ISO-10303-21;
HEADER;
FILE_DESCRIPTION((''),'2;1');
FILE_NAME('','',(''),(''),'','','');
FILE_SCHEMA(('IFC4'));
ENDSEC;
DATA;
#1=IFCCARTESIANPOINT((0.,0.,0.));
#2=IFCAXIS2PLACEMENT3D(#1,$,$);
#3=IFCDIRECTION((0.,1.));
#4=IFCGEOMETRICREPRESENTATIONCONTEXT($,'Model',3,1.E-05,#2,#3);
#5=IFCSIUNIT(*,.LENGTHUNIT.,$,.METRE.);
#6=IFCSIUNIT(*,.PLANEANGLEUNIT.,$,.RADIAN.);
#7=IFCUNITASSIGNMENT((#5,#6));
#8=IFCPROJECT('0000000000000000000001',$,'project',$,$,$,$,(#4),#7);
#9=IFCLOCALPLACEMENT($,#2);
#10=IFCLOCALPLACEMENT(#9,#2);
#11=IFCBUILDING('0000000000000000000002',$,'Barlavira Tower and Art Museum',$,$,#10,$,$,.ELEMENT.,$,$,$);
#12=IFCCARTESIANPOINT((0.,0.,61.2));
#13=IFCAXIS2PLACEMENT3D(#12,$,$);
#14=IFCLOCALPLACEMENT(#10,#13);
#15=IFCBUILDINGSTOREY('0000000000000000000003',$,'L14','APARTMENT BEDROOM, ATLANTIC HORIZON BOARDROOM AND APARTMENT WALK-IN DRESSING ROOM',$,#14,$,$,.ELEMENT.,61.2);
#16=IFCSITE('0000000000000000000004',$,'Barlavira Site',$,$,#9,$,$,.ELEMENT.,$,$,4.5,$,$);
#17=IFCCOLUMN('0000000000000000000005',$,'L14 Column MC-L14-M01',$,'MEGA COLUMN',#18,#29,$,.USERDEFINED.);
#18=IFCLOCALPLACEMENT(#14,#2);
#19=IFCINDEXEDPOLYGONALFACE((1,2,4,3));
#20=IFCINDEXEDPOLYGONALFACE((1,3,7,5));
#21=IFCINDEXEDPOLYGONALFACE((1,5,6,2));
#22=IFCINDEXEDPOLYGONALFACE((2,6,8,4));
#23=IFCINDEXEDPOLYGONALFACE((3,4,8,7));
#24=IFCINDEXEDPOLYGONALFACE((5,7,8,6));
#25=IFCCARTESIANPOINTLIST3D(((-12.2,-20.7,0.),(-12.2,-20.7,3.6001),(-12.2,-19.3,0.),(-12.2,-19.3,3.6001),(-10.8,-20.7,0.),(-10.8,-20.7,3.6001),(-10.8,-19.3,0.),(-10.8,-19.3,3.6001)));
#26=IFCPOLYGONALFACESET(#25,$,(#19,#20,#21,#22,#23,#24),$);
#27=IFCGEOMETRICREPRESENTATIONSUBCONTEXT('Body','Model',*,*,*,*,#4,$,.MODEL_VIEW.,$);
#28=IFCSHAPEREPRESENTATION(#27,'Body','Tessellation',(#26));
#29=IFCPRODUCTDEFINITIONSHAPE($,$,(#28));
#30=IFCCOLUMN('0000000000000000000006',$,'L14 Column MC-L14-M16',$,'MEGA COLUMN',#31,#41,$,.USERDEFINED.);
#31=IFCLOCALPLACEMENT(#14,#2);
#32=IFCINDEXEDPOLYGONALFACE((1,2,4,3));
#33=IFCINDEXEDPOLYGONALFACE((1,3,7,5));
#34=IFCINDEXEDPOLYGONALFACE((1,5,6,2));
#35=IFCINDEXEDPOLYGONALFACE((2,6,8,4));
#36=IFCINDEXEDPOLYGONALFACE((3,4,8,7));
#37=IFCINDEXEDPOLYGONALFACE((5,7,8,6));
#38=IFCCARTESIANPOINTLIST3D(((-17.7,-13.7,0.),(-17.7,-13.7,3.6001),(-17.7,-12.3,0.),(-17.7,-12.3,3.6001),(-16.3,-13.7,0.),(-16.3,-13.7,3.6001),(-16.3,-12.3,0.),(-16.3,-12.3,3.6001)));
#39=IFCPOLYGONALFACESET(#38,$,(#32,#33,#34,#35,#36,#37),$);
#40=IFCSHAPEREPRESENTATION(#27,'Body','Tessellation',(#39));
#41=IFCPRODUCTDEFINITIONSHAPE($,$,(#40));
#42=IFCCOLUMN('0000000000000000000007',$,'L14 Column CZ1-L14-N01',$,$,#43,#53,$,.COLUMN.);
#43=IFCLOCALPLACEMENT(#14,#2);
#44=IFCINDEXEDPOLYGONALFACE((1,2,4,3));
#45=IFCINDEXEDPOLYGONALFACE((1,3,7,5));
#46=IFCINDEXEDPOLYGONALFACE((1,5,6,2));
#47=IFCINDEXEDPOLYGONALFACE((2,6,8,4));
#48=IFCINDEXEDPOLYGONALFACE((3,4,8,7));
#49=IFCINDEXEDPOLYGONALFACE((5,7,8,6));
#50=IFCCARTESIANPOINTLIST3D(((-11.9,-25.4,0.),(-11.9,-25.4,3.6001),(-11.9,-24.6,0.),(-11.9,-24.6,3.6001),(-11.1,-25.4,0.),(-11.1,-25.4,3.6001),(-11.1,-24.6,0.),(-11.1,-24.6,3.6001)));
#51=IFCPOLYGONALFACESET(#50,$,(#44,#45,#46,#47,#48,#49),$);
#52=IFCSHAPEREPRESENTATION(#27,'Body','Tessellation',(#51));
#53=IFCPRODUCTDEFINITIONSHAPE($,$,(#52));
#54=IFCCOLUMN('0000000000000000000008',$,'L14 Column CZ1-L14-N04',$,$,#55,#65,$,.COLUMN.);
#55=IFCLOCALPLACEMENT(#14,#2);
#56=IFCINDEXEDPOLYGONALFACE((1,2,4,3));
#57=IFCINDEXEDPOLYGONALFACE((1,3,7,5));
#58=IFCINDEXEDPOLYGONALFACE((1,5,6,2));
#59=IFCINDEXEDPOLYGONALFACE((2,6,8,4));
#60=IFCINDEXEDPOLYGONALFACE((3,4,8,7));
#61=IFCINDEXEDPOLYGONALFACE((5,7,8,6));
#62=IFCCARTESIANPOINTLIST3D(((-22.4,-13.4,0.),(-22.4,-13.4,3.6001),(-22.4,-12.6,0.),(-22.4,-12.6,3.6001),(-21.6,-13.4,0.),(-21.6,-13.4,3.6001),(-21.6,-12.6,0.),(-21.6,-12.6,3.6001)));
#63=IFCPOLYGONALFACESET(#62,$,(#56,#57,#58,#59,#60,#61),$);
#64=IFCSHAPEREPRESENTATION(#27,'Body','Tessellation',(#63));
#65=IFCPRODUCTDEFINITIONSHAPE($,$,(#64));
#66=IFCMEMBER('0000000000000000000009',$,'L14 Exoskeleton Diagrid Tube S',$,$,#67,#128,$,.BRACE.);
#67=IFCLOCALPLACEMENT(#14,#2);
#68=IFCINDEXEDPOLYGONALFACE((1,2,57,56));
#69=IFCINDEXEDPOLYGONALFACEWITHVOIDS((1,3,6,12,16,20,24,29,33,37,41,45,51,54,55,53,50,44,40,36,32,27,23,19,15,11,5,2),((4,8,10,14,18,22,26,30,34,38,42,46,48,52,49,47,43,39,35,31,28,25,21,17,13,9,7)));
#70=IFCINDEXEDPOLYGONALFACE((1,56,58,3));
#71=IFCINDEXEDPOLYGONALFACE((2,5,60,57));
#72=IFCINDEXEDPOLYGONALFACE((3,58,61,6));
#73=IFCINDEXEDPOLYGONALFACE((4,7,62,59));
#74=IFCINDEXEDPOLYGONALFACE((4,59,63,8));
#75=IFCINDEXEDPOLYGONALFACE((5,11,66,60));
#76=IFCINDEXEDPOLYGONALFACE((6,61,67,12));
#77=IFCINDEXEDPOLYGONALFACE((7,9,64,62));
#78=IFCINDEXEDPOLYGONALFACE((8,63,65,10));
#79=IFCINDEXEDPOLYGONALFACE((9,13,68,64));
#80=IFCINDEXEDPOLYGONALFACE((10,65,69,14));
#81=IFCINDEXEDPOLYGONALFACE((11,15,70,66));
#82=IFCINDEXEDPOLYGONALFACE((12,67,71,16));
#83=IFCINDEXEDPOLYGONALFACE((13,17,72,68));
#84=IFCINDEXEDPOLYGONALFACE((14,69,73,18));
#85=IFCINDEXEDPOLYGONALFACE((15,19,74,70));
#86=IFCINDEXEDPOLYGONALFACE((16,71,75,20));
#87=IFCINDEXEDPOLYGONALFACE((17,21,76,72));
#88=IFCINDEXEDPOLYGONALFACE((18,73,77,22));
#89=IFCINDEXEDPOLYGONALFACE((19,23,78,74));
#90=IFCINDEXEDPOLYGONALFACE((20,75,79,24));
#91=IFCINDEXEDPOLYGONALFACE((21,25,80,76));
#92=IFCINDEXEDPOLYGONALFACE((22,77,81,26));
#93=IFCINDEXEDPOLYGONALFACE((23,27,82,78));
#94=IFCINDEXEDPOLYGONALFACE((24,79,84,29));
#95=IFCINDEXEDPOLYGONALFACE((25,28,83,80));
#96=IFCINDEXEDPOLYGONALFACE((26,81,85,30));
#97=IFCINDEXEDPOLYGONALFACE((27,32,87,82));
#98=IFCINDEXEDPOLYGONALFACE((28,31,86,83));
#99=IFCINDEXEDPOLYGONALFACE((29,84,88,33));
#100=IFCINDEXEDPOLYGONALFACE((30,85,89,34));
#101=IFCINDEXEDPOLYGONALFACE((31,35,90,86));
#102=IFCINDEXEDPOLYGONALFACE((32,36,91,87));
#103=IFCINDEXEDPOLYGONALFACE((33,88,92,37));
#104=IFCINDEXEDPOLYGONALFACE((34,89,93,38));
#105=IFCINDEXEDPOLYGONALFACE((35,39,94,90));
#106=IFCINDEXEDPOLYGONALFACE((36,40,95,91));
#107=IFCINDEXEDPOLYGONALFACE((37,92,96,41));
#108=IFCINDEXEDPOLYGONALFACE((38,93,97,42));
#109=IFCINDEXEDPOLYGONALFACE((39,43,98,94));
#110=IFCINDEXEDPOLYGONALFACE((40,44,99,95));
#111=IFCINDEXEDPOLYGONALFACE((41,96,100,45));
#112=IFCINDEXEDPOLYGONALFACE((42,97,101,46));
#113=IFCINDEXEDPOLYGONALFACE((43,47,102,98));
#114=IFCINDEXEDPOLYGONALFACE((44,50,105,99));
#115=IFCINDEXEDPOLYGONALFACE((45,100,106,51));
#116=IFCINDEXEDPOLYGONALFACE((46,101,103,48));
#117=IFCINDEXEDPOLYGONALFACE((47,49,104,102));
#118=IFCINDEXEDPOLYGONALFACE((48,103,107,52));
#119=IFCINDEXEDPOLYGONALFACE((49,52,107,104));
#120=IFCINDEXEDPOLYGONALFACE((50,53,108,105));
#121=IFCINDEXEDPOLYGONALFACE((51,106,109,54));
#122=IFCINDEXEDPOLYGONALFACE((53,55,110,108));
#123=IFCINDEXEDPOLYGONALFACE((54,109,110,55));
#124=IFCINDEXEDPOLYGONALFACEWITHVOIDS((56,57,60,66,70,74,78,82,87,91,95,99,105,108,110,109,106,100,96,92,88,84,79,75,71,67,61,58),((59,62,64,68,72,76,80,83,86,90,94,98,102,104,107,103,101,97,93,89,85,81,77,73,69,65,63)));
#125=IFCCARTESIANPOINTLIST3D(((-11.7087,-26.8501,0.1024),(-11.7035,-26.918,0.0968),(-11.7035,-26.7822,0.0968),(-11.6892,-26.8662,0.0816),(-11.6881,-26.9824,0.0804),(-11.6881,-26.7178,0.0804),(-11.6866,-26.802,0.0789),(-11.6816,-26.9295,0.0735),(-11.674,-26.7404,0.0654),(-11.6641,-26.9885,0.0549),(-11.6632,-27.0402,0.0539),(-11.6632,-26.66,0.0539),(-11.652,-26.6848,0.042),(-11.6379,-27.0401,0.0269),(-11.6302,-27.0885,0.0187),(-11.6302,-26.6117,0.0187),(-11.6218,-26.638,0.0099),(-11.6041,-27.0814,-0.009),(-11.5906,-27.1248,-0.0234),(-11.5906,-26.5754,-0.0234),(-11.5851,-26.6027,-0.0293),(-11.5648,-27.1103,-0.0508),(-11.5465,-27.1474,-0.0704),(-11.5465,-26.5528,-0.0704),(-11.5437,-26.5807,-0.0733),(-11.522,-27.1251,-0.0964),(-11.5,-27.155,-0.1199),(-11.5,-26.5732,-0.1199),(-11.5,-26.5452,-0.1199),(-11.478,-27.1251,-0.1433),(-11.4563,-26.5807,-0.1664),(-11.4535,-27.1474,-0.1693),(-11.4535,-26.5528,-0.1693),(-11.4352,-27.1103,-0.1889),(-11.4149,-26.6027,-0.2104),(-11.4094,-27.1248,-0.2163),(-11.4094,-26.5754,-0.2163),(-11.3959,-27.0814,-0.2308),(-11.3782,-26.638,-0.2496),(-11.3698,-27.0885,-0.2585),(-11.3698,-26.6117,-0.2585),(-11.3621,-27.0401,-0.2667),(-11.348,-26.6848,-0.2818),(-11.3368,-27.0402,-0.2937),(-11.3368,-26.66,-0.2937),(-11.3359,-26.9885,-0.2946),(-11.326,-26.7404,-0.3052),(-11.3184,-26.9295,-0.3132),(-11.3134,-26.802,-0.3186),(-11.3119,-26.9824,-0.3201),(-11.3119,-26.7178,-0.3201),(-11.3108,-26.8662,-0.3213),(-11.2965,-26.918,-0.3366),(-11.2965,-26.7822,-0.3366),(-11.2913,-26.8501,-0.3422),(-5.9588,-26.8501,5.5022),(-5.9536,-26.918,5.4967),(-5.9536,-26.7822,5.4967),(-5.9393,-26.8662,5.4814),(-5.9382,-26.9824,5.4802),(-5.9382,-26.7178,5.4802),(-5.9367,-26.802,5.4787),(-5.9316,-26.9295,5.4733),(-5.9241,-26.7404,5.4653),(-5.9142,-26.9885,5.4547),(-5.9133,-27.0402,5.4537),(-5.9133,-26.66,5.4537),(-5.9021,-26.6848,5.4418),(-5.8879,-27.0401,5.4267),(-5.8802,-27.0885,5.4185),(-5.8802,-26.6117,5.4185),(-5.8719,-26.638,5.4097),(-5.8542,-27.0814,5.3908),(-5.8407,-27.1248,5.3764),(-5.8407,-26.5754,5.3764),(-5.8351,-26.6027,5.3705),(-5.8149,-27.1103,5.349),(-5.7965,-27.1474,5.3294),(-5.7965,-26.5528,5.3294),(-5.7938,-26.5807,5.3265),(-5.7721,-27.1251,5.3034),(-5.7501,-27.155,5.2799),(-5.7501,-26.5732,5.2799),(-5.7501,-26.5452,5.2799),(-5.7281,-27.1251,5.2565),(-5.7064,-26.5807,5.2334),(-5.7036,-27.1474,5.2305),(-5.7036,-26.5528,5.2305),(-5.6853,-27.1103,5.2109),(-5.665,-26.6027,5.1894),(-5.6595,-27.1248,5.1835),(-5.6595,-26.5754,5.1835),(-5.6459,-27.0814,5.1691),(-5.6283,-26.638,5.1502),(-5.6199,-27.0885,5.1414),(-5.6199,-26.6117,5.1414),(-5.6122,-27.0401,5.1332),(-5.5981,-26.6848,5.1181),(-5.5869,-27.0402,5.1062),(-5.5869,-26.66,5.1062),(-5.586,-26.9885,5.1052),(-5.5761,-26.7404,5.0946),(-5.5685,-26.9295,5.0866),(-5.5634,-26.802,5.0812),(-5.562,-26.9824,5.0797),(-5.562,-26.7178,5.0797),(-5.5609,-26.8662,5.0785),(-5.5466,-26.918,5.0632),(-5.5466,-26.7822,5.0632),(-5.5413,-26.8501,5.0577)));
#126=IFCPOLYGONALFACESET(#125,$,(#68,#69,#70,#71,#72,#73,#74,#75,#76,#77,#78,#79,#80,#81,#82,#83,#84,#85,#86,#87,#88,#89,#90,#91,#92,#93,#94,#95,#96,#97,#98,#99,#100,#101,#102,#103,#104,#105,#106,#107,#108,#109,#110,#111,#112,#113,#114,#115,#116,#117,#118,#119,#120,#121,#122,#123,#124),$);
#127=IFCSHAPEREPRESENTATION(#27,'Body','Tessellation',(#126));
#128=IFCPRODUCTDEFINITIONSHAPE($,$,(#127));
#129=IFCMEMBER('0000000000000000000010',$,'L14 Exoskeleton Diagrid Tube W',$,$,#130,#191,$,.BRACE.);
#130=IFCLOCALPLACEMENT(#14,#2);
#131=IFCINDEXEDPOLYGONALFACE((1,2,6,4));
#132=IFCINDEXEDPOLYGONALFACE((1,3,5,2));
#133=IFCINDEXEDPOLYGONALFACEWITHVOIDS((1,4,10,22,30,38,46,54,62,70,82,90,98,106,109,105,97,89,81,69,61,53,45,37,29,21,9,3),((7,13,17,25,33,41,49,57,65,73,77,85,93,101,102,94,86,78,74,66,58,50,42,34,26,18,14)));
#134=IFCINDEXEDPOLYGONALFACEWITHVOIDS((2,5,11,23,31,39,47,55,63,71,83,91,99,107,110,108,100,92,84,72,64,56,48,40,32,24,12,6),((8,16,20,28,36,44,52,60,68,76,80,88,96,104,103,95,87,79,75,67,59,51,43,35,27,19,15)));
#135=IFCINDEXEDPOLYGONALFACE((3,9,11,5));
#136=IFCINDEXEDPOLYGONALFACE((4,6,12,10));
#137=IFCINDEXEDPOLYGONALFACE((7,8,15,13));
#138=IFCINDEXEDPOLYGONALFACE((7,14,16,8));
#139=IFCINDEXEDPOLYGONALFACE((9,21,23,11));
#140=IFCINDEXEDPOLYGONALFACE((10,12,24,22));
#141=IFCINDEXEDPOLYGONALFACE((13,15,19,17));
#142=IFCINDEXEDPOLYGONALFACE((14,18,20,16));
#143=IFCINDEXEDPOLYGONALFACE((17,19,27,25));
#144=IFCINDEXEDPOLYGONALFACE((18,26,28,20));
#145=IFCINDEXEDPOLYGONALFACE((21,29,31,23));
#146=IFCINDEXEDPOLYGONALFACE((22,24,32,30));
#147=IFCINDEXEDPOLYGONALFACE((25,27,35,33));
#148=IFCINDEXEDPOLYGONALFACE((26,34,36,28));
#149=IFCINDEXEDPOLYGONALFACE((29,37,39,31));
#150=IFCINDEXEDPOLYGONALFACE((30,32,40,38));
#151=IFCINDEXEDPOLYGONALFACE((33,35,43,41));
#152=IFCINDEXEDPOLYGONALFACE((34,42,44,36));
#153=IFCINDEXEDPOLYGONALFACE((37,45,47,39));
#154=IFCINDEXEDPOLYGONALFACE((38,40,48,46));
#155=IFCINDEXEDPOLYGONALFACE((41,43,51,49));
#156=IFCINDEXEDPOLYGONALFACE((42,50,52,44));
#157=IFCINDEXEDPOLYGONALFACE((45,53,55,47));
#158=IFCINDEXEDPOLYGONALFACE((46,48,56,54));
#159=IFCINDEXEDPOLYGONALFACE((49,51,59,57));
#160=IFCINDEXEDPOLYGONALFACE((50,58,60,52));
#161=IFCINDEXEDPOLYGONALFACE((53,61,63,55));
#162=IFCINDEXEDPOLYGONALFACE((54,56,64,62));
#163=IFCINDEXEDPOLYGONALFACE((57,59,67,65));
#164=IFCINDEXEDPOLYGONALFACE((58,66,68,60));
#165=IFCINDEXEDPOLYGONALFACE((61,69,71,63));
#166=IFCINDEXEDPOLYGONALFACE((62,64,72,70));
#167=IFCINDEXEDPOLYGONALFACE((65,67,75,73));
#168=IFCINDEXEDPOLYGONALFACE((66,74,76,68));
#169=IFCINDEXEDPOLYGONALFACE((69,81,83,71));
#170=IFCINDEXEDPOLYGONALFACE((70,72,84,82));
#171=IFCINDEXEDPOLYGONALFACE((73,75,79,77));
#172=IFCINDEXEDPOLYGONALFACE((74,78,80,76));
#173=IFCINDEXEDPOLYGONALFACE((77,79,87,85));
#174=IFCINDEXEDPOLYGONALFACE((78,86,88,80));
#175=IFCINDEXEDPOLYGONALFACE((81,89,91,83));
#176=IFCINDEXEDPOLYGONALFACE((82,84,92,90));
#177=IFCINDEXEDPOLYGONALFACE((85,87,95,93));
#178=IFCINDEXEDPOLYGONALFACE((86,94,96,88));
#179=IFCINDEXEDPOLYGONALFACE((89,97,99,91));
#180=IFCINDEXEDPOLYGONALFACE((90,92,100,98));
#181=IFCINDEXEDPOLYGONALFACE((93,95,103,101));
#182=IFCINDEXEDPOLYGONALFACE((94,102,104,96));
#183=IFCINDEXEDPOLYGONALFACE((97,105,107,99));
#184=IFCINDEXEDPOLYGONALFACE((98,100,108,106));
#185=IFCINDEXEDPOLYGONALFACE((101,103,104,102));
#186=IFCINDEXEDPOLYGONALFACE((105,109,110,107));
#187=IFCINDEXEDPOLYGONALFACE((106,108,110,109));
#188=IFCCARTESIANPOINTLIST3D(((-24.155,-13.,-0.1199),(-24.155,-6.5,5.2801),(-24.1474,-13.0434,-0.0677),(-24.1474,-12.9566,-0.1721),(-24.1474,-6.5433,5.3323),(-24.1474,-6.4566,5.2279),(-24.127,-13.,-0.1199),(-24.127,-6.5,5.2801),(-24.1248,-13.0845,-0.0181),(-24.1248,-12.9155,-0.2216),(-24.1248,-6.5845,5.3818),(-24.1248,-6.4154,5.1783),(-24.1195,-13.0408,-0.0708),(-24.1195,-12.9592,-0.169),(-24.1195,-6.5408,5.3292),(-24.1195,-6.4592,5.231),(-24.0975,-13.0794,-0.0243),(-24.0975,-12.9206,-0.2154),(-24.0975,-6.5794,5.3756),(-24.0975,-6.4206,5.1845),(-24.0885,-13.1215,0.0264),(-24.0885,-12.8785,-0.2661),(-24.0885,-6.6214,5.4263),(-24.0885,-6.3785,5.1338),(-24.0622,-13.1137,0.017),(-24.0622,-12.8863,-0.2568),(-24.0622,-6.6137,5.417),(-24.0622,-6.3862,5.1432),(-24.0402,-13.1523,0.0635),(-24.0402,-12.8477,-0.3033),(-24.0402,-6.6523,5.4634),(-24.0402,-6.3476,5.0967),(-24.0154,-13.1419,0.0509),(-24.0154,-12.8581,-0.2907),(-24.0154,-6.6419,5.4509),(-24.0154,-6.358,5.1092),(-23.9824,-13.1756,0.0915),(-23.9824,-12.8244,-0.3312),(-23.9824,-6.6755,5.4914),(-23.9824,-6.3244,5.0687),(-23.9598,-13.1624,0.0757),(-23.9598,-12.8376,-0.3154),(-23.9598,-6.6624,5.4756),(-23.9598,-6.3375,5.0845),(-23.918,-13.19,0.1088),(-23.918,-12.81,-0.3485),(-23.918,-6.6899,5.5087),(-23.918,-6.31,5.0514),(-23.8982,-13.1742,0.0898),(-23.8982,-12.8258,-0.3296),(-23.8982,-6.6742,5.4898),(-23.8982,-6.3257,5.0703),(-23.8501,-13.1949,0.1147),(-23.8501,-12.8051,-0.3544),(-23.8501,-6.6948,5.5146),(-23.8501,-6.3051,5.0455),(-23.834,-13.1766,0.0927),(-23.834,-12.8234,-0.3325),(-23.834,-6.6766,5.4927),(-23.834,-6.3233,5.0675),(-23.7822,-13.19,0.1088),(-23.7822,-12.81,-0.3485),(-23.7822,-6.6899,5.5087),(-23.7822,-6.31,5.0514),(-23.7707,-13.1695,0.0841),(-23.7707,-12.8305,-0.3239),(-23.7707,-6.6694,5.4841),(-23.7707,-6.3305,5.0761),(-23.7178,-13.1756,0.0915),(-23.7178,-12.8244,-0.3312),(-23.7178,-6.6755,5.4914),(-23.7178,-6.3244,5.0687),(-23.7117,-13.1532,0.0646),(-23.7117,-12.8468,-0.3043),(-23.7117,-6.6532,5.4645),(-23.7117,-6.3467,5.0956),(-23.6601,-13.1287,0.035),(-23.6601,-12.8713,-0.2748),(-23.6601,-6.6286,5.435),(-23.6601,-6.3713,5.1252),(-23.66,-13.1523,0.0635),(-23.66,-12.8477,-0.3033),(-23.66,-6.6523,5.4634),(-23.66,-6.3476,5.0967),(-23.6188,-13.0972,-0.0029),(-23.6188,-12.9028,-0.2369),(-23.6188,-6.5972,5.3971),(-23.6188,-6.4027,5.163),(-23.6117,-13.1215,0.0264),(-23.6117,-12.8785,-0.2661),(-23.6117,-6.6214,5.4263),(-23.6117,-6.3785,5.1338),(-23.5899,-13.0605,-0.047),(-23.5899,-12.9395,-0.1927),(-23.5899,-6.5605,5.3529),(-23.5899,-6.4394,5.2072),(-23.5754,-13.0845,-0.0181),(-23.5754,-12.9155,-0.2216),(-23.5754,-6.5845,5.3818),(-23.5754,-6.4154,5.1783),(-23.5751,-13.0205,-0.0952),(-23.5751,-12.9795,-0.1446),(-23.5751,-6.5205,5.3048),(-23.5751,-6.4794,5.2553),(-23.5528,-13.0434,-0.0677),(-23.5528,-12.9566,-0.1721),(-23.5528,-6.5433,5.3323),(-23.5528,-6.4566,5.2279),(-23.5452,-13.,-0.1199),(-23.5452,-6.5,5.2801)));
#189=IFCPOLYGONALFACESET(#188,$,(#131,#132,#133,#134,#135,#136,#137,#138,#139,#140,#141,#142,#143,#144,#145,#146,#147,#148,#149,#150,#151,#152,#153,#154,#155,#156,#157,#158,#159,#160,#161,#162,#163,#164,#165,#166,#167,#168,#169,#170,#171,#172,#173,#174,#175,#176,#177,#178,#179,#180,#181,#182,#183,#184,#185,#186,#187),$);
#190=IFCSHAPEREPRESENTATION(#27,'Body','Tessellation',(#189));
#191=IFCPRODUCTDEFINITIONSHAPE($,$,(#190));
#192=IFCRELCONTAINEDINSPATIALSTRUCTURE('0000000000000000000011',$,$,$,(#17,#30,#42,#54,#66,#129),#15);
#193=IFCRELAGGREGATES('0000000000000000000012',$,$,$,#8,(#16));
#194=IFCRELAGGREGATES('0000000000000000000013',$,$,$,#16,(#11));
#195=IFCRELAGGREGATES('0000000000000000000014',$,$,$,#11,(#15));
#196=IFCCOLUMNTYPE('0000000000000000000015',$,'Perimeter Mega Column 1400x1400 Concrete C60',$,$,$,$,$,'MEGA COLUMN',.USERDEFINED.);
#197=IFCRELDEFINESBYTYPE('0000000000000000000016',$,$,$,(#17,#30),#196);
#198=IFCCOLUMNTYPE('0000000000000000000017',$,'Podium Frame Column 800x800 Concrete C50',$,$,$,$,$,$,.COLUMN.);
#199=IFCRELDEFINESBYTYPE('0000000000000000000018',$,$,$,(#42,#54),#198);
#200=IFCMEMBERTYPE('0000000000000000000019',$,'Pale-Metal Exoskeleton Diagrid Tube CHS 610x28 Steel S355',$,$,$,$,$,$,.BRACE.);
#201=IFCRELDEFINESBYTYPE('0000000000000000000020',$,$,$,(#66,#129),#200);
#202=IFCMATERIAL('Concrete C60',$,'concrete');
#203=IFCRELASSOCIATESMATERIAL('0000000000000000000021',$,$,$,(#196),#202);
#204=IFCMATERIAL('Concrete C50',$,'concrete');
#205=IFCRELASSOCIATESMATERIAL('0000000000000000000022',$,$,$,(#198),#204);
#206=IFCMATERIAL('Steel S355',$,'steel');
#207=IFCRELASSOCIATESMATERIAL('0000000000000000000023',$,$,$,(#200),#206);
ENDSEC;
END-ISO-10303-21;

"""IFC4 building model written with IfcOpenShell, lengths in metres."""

from ifc_helpers import new_model, si_unit, direction, frame, origin, origin_2d, place, context, subcontext, project, spatial, rectangle, hollow_circle, extrude, material, material_profile, profile_set, type_object, element, save


model = new_model("IFC4")

# Units and contexts
model_context = context("Model", 3, precision=1e-05, world=origin(), true_north=direction((0.0, 1.0)))
body_context = subcontext(model_context, "Body", "Model", "MODEL_VIEW")
ifc_project = project(units=[si_unit("LENGTHUNIT", "METRE"), si_unit("PLANEANGLEUNIT", "RADIAN")], contexts=[model_context])

# Site, building, storey
site_placement = place(None, origin())
site = spatial("IfcSite", under=ifc_project, at=site_placement, Name="Barlavira Site", CompositionType="ELEMENT", RefElevation=4.5)
building_placement = place(site_placement, origin())
building = spatial("IfcBuilding", under=site, at=building_placement, Name="Barlavira Tower and Art Museum", CompositionType="ELEMENT")
storey_placement = place(building_placement, frame((0.0, 0.0, 61.2)))
storey = spatial("IfcBuildingStorey", under=building, at=storey_placement, Name="L14", Description="APARTMENT BEDROOM, ATLANTIC HORIZON BOARDROOM AND APARTMENT WALK-IN DRESSING ROOM", CompositionType="ELEMENT", Elevation=61.2)

# Columns
ifc_material_1 = material(Name="Concrete C60", Category="concrete")
ifc_material_profile_1 = material_profile(ifc_material_1, rectangle(XDim=1.3999, YDim=1.3999, at=origin_2d()), Name="RC-MCOL 1400x1400")
ifc_profile_set_1 = profile_set([ifc_material_profile_1], Name="Concrete C60")
column_type_1 = type_object("IfcColumnType", Name="Perimeter Mega Column 1400x1400 Concrete C60", ElementType="MEGA COLUMN", PredefinedType="USERDEFINED", material=ifc_profile_set_1)
for number, where, z_axis, x_axis, name in (
    (1, (-11.5, -20.0, 0.0), (0.0, 0.0, 1.0), (1.0, 0.0, 0.0), "L14 Column MC-L14-M01"),
    (2, (-17.0, -13.0, 0.0), (0.0, 0.0, 1.0), (1.0, 0.0, 0.0), "L14 Column MC-L14-M16"),
):
    element("IfcColumn", number, at=place(storey_placement, frame(where, z_axis=z_axis, x_axis=x_axis)), inside=storey, type_object=column_type_1, Name=name, ObjectType="MEGA COLUMN", PredefinedType="USERDEFINED", context=body_context, shape_type="SweptSolid", body=[
        extrude(rectangle(XDim=1.3999, YDim=1.3999, at=origin_2d()), origin(), (0.0, 0.0, 1.0), 3.6001),
    ])
ifc_material_2 = material(Name="Concrete C50", Category="concrete")
ifc_material_profile_2 = material_profile(ifc_material_2, rectangle(XDim=0.8, YDim=0.8, at=origin_2d()), Name="RC-COL 800x800")
ifc_profile_set_2 = profile_set([ifc_material_profile_2], Name="Concrete C50")
column_type_2 = type_object("IfcColumnType", Name="Podium Frame Column 800x800 Concrete C50", PredefinedType="COLUMN", material=ifc_profile_set_2)
for number, where, z_axis, x_axis, name in (
    (3, (-11.5, -25.0, 0.0), (0.0, 0.0, 1.0), (1.0, 0.0, 0.0), "L14 Column CZ1-L14-N01"),
    (4, (-22.0, -13.0, 0.0), (0.0, 0.0, 1.0), (1.0, 0.0, 0.0), "L14 Column CZ1-L14-N04"),
):
    element("IfcColumn", number, at=place(storey_placement, frame(where, z_axis=z_axis, x_axis=x_axis)), inside=storey, type_object=column_type_2, Name=name, PredefinedType="COLUMN", context=body_context, shape_type="SweptSolid", body=[
        extrude(rectangle(XDim=0.8, YDim=0.8, at=origin_2d()), origin(), (0.0, 0.0, 1.0), 3.6001),
    ])

# Members
ifc_material_3 = material(Name="Steel S355", Category="steel")
ifc_material_profile_3 = material_profile(ifc_material_3, hollow_circle(Radius=0.3049, WallThickness=0.0281, at=origin_2d()), Name="CHS 610.0x28.0")
ifc_profile_set_3 = profile_set([ifc_material_profile_3], Name="Steel S355")
member_type_1 = type_object("IfcMemberType", Name="Pale-Metal Exoskeleton Diagrid Tube CHS 610x28 Steel S355", PredefinedType="BRACE", material=ifc_profile_set_3)
member_1_placement = place(storey_placement, frame((-11.5, -26.8501, -0.1199), z_axis=(0.72895, 0.0, 0.684567), x_axis=(0.0, 1.0, 0.0)))
element("IfcMember", 5, at=member_1_placement, inside=storey, type_object=member_type_1, Name="L14 Exoskeleton Diagrid Tube S", PredefinedType="BRACE", context=body_context, shape_type="SweptSolid", body=[
    extrude(hollow_circle(Radius=0.3049, WallThickness=0.0281, at=origin_2d()), origin(), (0.0, 0.0, 1.0), 7.8879),
])
member_2_placement = place(storey_placement, frame((-23.8501, -13.0, -0.1199), z_axis=(0.0, 0.769196, 0.639013), x_axis=(-1.0, 0.0, 0.0)))
element("IfcMember", 6, at=member_2_placement, inside=storey, type_object=member_type_1, Name="L14 Exoskeleton Diagrid Tube W", PredefinedType="BRACE", context=body_context, shape_type="SweptSolid", body=[
    extrude(hollow_circle(Radius=0.3049, WallThickness=0.0281, at=origin_2d()), origin(), (0.0, 0.0, 1.0), 8.4504),
])

save(model, "model.ifc")
